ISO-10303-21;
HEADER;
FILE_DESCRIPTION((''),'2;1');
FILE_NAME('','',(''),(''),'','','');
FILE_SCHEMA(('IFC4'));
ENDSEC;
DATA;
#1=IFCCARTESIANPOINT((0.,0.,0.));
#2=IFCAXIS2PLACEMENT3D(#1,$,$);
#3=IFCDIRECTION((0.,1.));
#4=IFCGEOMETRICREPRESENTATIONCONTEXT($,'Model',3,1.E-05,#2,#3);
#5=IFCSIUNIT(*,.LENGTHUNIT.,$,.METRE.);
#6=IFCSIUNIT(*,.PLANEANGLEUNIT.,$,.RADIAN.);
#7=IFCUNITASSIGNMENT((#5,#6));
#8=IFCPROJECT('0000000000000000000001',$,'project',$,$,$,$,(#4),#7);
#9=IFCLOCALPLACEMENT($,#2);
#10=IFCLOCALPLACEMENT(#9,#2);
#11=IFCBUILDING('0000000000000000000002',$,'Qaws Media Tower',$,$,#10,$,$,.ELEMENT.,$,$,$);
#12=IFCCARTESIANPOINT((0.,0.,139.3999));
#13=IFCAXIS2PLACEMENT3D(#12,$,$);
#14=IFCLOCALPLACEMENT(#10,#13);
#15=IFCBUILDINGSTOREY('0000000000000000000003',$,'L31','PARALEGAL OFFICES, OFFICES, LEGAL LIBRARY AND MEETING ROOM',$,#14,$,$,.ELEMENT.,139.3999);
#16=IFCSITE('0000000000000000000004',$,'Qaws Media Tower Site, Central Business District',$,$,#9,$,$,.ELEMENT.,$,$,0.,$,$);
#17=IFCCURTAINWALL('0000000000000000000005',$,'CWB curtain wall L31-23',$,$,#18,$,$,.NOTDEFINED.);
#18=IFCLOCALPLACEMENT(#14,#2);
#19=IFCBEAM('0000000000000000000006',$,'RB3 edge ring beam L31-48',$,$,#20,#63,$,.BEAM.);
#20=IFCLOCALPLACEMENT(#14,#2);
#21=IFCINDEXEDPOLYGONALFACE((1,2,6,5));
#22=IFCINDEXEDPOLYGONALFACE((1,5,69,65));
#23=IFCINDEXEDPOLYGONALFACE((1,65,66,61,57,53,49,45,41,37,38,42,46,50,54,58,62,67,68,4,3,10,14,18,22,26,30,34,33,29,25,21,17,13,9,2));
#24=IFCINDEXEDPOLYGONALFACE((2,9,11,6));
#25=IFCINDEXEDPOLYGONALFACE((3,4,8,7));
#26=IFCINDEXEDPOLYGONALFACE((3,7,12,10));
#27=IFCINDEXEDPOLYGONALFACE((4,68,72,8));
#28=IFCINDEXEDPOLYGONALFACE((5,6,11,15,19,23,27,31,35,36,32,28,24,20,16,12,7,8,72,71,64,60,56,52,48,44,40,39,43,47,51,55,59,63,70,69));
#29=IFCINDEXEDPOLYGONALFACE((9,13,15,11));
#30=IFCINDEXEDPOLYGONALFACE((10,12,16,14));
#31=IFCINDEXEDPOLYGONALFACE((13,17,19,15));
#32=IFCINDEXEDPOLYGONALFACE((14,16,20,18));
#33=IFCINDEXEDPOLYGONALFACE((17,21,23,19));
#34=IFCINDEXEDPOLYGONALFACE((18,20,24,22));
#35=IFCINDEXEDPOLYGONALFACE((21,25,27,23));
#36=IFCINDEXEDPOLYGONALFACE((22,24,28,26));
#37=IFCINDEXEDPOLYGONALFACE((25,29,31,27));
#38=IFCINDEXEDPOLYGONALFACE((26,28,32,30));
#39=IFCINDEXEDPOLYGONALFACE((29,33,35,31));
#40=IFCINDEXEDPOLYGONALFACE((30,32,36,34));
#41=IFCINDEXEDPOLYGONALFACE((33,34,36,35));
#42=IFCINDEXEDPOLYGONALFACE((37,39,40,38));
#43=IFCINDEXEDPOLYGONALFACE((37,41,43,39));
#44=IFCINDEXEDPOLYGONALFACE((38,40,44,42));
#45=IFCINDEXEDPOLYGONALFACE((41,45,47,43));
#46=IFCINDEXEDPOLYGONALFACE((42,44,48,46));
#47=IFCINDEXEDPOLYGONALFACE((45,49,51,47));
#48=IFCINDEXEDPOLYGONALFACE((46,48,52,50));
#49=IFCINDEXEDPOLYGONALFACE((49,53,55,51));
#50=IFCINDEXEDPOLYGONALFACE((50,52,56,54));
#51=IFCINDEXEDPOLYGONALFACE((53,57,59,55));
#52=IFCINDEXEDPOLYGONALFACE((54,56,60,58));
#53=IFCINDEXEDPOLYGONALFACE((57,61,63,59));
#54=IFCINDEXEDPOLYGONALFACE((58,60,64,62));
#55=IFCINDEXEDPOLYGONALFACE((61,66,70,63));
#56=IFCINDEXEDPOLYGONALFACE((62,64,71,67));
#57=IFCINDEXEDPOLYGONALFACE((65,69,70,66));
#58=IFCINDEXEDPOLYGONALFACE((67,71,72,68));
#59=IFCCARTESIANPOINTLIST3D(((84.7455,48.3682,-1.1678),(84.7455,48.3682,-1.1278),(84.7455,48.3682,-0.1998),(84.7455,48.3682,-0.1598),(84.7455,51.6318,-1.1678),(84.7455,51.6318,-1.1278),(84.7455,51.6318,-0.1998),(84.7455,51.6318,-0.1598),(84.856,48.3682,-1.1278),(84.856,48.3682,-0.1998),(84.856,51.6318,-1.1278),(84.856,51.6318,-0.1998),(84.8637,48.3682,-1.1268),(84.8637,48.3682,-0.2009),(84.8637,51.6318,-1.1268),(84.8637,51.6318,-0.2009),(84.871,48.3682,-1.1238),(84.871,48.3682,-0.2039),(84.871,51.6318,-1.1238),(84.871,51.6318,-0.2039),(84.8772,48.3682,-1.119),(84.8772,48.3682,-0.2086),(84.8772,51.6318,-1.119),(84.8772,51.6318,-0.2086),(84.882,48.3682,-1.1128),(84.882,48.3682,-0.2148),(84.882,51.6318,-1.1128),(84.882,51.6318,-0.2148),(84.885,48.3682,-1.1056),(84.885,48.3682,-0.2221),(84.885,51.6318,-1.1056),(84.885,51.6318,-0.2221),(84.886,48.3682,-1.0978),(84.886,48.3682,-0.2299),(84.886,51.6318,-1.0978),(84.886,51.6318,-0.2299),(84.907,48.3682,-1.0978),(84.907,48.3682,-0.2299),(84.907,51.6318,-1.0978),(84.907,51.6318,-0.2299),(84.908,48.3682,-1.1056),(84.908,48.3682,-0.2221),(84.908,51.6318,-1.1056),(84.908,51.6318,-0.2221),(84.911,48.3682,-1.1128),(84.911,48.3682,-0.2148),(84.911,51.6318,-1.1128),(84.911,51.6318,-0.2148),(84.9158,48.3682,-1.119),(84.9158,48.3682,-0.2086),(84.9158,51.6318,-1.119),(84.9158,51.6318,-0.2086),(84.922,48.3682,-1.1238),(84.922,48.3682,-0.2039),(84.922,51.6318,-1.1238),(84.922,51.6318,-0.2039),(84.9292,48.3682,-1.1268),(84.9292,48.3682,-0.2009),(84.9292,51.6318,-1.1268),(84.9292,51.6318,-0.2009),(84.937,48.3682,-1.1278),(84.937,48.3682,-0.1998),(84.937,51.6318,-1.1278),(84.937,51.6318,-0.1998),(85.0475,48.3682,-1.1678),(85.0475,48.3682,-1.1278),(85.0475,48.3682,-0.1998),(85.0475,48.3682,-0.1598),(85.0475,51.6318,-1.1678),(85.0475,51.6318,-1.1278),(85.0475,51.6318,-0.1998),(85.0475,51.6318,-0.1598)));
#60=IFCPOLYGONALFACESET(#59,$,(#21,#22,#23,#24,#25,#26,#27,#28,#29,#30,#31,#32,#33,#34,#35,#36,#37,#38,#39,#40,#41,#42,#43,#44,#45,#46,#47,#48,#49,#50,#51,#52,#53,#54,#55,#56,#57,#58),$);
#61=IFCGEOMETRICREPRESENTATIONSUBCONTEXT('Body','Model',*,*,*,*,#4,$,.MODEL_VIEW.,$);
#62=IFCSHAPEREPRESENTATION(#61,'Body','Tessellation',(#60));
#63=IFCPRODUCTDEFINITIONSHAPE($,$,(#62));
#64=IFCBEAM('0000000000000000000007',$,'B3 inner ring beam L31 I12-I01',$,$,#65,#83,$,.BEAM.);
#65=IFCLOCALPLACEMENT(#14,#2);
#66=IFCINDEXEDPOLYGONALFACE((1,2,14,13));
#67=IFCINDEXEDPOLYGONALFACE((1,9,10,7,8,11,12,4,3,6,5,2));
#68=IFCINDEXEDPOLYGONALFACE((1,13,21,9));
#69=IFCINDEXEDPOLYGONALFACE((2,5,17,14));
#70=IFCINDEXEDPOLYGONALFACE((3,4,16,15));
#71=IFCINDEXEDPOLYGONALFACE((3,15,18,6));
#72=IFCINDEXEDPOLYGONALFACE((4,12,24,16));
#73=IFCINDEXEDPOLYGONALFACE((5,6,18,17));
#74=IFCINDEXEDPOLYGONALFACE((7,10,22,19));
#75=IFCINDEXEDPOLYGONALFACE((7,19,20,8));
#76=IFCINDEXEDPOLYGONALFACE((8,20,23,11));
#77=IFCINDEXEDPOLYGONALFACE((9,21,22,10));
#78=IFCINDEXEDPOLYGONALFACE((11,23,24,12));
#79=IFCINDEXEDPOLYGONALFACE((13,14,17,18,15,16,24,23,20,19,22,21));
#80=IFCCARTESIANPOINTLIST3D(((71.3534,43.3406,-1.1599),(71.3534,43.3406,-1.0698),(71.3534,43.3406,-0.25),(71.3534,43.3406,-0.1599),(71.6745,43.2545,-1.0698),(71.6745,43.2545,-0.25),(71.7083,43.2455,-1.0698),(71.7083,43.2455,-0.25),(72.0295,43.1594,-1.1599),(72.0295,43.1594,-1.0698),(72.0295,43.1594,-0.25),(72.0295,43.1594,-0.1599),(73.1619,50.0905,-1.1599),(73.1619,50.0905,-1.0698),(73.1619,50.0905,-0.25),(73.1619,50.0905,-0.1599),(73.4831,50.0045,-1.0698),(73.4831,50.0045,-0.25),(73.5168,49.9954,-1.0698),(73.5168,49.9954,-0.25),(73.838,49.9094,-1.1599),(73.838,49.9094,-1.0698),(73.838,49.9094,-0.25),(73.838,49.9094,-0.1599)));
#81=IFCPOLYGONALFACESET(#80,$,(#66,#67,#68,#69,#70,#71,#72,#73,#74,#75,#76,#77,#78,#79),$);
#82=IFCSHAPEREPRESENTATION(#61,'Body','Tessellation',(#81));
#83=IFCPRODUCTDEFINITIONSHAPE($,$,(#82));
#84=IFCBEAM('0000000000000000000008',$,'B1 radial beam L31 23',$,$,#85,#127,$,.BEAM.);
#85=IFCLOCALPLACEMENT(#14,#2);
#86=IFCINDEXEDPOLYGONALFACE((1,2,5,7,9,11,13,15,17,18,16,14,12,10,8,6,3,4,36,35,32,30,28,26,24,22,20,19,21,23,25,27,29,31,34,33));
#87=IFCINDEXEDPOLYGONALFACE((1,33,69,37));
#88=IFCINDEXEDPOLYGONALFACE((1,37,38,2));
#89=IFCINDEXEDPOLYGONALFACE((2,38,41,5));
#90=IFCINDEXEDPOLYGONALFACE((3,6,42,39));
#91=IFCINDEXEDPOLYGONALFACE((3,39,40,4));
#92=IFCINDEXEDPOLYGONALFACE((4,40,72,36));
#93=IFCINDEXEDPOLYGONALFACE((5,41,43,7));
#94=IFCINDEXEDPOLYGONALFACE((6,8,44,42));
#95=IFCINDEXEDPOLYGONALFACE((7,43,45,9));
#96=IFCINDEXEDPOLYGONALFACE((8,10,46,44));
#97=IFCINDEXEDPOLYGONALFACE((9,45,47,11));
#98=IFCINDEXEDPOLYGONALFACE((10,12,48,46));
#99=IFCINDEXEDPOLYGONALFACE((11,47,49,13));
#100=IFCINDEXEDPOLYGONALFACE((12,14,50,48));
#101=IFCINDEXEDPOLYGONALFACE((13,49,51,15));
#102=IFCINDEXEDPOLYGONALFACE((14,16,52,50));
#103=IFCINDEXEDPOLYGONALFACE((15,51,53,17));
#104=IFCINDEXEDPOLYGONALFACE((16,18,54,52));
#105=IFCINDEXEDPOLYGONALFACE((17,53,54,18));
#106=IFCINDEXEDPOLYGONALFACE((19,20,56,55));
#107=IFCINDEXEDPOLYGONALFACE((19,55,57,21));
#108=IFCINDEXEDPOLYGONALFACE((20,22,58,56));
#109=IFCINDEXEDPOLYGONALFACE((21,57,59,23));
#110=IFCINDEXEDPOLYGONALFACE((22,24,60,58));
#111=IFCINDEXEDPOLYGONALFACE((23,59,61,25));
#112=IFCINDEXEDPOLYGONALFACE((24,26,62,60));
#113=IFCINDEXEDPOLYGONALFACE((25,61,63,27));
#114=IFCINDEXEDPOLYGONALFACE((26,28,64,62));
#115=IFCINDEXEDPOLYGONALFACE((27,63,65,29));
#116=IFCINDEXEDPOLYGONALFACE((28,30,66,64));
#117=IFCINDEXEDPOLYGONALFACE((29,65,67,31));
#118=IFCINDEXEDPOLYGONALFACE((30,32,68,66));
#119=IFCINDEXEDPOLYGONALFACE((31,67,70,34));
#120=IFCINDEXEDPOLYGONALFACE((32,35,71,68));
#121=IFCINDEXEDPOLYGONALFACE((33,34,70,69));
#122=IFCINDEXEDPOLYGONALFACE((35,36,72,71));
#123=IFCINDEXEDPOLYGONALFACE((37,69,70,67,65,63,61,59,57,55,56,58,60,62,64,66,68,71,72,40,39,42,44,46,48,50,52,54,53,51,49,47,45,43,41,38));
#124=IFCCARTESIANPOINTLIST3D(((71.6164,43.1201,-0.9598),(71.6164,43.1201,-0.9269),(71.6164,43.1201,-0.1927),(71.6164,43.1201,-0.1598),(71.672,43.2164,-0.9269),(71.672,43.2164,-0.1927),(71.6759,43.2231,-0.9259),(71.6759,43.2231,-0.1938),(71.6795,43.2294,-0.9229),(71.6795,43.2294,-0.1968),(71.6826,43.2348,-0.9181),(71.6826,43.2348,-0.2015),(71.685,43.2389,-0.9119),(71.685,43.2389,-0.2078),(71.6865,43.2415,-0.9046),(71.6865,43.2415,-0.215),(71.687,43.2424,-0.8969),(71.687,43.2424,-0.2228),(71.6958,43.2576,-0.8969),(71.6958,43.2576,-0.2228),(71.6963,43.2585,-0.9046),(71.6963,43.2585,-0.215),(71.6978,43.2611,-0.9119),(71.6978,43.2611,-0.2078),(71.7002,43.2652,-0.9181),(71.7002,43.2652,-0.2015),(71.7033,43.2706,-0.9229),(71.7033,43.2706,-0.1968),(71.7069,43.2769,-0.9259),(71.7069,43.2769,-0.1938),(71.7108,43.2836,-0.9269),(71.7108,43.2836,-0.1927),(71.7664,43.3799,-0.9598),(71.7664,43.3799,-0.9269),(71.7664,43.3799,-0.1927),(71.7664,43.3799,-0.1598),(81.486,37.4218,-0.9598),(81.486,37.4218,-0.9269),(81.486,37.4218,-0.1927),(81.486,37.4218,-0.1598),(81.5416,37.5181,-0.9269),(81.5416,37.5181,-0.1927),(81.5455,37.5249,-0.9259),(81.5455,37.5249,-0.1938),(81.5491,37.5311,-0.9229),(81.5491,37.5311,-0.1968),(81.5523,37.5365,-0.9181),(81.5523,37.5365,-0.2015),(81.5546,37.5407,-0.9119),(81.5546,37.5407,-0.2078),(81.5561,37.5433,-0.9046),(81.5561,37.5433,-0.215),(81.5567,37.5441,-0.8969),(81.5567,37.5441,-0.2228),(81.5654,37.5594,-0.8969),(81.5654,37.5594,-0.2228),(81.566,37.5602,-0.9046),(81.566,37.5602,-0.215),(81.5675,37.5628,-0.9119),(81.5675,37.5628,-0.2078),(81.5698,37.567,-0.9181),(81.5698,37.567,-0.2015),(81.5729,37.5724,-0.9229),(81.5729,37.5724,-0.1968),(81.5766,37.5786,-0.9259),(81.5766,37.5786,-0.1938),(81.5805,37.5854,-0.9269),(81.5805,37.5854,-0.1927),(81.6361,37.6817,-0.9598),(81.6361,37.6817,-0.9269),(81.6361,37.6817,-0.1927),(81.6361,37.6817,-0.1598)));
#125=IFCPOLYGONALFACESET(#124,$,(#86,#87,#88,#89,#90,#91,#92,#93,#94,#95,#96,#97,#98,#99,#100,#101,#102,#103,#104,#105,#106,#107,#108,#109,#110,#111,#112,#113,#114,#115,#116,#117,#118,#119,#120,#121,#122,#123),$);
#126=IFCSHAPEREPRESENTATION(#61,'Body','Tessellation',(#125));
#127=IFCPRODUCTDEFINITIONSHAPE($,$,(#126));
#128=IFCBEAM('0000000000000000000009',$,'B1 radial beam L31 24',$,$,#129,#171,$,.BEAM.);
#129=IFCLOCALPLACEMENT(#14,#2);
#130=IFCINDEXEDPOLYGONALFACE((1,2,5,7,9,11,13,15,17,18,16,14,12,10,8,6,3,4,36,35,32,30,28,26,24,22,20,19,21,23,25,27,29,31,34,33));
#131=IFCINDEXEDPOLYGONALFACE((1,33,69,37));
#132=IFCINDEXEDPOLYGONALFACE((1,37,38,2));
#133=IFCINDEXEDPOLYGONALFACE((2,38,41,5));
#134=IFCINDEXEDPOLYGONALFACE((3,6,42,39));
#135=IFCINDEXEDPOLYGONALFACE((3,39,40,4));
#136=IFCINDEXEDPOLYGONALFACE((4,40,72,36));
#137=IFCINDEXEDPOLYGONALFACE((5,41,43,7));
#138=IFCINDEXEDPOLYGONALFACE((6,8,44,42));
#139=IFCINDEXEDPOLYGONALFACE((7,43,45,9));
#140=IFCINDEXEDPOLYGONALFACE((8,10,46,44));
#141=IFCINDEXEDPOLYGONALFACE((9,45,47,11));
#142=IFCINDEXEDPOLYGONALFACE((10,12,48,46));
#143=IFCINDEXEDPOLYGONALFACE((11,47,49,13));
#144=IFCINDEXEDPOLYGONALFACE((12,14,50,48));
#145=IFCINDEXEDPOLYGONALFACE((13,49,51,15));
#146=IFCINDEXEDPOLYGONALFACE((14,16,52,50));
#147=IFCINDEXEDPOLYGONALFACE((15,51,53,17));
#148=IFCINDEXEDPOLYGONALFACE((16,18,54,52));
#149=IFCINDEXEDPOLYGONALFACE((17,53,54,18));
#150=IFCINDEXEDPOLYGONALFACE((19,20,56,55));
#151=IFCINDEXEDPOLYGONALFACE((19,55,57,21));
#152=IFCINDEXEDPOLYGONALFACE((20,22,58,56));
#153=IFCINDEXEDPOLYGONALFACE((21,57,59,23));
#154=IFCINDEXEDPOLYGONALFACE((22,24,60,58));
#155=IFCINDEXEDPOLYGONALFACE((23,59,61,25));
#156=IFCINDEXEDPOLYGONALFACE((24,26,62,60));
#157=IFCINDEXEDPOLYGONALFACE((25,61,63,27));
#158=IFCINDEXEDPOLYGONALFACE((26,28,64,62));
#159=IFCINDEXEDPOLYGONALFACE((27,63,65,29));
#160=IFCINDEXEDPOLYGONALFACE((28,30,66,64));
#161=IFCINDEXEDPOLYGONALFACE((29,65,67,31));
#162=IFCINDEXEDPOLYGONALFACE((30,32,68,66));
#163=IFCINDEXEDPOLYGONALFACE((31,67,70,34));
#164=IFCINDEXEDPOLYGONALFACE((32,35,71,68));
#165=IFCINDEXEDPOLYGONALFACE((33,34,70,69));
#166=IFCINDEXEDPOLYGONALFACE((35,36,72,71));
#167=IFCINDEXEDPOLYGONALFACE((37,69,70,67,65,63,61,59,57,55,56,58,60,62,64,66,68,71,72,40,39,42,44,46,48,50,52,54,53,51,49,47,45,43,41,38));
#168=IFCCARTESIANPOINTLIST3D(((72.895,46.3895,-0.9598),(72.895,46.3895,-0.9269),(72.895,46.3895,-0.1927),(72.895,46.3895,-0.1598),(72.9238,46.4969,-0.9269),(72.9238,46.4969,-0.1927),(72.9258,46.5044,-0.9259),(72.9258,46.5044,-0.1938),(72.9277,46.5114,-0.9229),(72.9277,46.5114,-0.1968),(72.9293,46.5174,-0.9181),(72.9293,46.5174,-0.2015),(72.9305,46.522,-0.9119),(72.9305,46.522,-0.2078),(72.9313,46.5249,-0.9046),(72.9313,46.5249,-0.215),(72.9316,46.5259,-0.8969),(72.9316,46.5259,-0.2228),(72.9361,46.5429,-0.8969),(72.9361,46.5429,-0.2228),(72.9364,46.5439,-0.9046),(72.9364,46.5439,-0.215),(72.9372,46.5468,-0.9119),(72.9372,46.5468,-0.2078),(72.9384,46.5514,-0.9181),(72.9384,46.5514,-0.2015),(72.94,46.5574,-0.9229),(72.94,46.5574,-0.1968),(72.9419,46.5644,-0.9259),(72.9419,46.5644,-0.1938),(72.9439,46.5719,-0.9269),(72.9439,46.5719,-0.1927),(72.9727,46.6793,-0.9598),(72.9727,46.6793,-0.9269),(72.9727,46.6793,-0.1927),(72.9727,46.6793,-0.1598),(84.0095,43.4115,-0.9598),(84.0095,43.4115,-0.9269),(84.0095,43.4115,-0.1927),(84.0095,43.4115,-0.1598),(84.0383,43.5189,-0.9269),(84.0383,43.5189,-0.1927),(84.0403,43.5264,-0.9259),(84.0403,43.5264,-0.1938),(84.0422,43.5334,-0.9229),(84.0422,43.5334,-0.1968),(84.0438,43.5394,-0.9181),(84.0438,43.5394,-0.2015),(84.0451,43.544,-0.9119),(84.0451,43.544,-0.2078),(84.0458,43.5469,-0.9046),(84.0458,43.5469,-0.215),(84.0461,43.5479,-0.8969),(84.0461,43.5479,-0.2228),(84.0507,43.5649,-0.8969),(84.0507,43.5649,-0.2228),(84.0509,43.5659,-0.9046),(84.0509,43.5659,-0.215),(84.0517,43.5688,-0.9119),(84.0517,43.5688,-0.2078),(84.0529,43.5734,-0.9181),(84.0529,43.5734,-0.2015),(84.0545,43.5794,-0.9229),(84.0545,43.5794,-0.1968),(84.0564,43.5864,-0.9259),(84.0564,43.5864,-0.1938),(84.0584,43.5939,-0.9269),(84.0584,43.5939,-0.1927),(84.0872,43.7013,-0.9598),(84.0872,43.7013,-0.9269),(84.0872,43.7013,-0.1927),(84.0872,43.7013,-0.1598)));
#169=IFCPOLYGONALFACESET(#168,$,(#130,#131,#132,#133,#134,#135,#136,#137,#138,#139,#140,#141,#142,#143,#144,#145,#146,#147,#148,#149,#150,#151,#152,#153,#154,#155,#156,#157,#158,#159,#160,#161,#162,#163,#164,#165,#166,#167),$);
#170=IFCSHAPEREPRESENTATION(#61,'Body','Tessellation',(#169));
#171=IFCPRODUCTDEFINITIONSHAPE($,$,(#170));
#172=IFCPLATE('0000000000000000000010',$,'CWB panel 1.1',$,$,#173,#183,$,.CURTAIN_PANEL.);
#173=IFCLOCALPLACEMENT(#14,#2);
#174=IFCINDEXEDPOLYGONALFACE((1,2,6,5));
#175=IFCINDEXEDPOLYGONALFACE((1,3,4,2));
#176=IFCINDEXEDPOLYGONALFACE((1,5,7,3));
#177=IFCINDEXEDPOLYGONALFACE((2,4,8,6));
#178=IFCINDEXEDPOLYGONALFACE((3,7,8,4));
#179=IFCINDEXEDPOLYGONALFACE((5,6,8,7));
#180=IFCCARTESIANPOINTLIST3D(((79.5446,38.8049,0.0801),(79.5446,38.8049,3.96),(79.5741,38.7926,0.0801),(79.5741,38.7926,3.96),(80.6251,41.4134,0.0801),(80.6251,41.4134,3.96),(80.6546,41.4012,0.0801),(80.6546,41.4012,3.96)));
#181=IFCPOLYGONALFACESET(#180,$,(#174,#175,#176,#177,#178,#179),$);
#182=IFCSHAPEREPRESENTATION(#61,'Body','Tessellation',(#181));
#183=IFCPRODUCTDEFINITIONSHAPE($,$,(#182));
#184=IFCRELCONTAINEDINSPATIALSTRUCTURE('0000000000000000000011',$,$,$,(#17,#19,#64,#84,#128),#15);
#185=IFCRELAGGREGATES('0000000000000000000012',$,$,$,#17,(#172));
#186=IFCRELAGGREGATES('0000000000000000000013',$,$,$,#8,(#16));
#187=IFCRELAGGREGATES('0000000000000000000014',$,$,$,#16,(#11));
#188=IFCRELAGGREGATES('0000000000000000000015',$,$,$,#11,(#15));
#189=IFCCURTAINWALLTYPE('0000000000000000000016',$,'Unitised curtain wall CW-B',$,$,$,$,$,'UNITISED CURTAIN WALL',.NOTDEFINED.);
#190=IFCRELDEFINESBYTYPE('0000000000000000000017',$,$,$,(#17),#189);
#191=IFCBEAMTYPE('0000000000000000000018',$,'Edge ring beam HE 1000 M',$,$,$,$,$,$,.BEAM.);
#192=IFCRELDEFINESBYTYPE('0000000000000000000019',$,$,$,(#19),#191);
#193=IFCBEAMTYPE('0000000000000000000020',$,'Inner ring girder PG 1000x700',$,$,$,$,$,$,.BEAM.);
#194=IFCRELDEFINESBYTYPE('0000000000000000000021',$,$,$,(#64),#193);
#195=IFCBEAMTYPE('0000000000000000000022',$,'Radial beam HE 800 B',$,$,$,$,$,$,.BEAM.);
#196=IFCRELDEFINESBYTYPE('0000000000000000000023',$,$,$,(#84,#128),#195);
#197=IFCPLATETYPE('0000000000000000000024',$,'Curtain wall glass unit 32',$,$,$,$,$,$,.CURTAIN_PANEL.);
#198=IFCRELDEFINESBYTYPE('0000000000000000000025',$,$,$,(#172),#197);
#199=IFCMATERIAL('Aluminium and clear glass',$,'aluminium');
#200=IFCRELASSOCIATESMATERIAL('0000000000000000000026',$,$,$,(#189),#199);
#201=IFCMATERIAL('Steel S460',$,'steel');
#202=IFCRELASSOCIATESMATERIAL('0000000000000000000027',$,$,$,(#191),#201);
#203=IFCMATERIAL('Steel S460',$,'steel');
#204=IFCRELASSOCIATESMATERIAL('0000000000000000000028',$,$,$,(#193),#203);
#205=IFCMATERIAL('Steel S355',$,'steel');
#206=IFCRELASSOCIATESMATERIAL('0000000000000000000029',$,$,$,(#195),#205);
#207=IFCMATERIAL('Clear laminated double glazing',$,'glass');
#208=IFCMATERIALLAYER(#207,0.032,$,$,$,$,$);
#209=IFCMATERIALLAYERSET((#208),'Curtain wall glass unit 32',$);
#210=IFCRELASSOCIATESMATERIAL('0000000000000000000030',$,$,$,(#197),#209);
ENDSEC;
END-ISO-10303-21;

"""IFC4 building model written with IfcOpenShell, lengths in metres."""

from ifc_helpers import new_model, si_unit, direction, frame, origin, origin_2d, place, context, subcontext, project, spatial, rectangle, i_section, extrude, material, layer, layer_set, material_profile, profile_set, type_object, element, aggregate, save


model = new_model("IFC4")

# Units and contexts
model_context = context("Model", 3, precision=1e-05, world=origin(), true_north=direction((0.0, 1.0)))
body_context = subcontext(model_context, "Body", "Model", "MODEL_VIEW")
ifc_project = project(units=[si_unit("LENGTHUNIT", "METRE"), si_unit("PLANEANGLEUNIT", "RADIAN")], contexts=[model_context])

# Site, building, storey
site_placement = place(None, origin())
site = spatial("IfcSite", under=ifc_project, at=site_placement, Name="Qaws Media Tower Site, Central Business District", CompositionType="ELEMENT", RefElevation=0.0)
building_placement = place(site_placement, origin())
building = spatial("IfcBuilding", under=site, at=building_placement, Name="Qaws Media Tower", CompositionType="ELEMENT")
storey_placement = place(building_placement, frame((0.0, 0.0, 139.3999)))
storey = spatial("IfcBuildingStorey", under=building, at=storey_placement, Name="L31", Description="PARALEGAL OFFICES, OFFICES, LEGAL LIBRARY AND MEETING ROOM", CompositionType="ELEMENT", Elevation=139.3999)

# Curtain wall
ifc_material_1 = material(Name="Aluminium and clear glass", Category="aluminium")
curtain_wall_type = type_object("IfcCurtainWallType", Name="Unitised curtain wall CW-B", ElementType="UNITISED CURTAIN WALL", PredefinedType="NOTDEFINED", material=ifc_material_1)
curtain_wall_1_placement = place(storey_placement, origin())
curtain_wall_1 = element("IfcCurtainWall", 1, at=curtain_wall_1_placement, inside=storey, type_object=curtain_wall_type, Name="CWB curtain wall L31-23", PredefinedType="NOTDEFINED")

# Beams
ifc_material_2 = material(Name="Steel S460", Category="steel")
ifc_material_profile_1 = material_profile(ifc_material_2, i_section(OverallWidth=0.302, OverallDepth=1.0081, WebThickness=0.021, FlangeThickness=0.04, FilletRadius=0.03, at=origin_2d()), Name="HE 1000 M")
ifc_profile_set_1 = profile_set([ifc_material_profile_1], Name="Steel S460")
beam_type_1 = type_object("IfcBeamType", Name="Edge ring beam HE 1000 M", PredefinedType="BEAM", material=ifc_profile_set_1)
beam_1_placement = place(storey_placement, frame((84.8965, 48.3682, -0.6638), z_axis=(0.0, 1.0, 0.0), x_axis=(-1.0, 0.0, 0.0)))
element("IfcBeam", 2, at=beam_1_placement, inside=storey, type_object=beam_type_1, Name="RB3 edge ring beam L31-48", PredefinedType="BEAM", context=body_context, shape_type="SweptSolid", body=[
    extrude(i_section(OverallWidth=0.302, OverallDepth=1.0081, WebThickness=0.021, FlangeThickness=0.04, FilletRadius=0.03, at=origin_2d()), origin(), (0.0, 0.0, 1.0), 3.2637),
])
ifc_material_3 = material(Name="Steel S460", Category="steel")
ifc_material_profile_2 = material_profile(ifc_material_3, i_section(OverallWidth=0.7, OverallDepth=1.0, WebThickness=0.0349, FlangeThickness=0.0901, at=origin_2d()), Name="PG 1000x700")
ifc_profile_set_2 = profile_set([ifc_material_profile_2], Name="Steel S460")
beam_type_2 = type_object("IfcBeamType", Name="Inner ring girder PG 1000x700", PredefinedType="BEAM", material=ifc_profile_set_2)
beam_2_placement = place(storey_placement, frame((71.6914, 43.25, -0.6599), z_axis=(0.258811, 0.965928, 0.0), x_axis=(-0.965928, 0.258811, 0.0)))
element("IfcBeam", 3, at=beam_2_placement, inside=storey, type_object=beam_type_2, Name="B3 inner ring beam L31 I12-I01", PredefinedType="BEAM", context=body_context, shape_type="SweptSolid", body=[
    extrude(i_section(OverallWidth=0.7, OverallDepth=1.0, WebThickness=0.0349, FlangeThickness=0.0901, at=origin_2d()), origin(), (0.0, 0.0, 1.0), 6.988),
])
ifc_material_4 = material(Name="Steel S355", Category="steel")
ifc_material_profile_3 = material_profile(ifc_material_4, i_section(OverallWidth=0.3, OverallDepth=0.8, WebThickness=0.0176, FlangeThickness=0.033, FilletRadius=0.03, at=origin_2d()), Name="HE 800 B")
ifc_profile_set_3 = profile_set([ifc_material_profile_3], Name="Steel S355")
beam_type_3 = type_object("IfcBeamType", Name="Radial beam HE 800 B", PredefinedType="BEAM", material=ifc_profile_set_3)
beam_3_placement = place(storey_placement, frame((71.6914, 43.25, -0.5598), z_axis=(0.866025, -0.500001, 0.0), x_axis=(0.500001, 0.866025, 0.0)))
element("IfcBeam", 4, at=beam_3_placement, inside=storey, type_object=beam_type_3, Name="B1 radial beam L31 23", PredefinedType="BEAM", context=body_context, shape_type="SweptSolid", body=[
    extrude(i_section(OverallWidth=0.3, OverallDepth=0.8, WebThickness=0.0176, FlangeThickness=0.033, FilletRadius=0.03, at=origin_2d()), origin(), (0.0, 0.0, 1.0), 11.3965),
])
beam_4_placement = place(storey_placement, frame((72.9338, 46.5344, -0.5598), z_axis=(0.965928, -0.258811, 0.0), x_axis=(0.258811, 0.965928, 0.0)))
element("IfcBeam", 5, at=beam_4_placement, inside=storey, type_object=beam_type_3, Name="B1 radial beam L31 24", PredefinedType="BEAM", context=body_context, shape_type="SweptSolid", body=[
    extrude(i_section(OverallWidth=0.3, OverallDepth=0.8, WebThickness=0.0176, FlangeThickness=0.033, FilletRadius=0.03, at=origin_2d()), origin(), (0.0, 0.0, 1.0), 11.5066),
])

# Plate
ifc_material_5 = material(Name="Clear laminated double glazing", Category="glass")
ifc_layer_1 = layer(ifc_material_5, 0.032)
ifc_layer_set_1 = layer_set([ifc_layer_1], Name="Curtain wall glass unit 32")
plate_type_1 = type_object("IfcPlateType", Name="Curtain wall glass unit 32", PredefinedType="CURTAIN_PANEL", material=ifc_layer_set_1)
plate_1_placement = place(storey_placement, frame((80.0996, 40.103, 0.0801), z_axis=(0.0, 0.0, 1.0), x_axis=(0.382683, 0.92388, 0.0)))
plate_1 = element("IfcPlate", 6, at=plate_1_placement, type_object=plate_type_1, Name="CWB panel 1.1", PredefinedType="CURTAIN_PANEL", context=body_context, shape_type="SweptSolid", body=[
    extrude(rectangle(XDim=2.8235, YDim=0.032, at=origin_2d()), origin(), (0.0, 0.0, 1.0), 3.8799),
])
aggregate(curtain_wall_1, [plate_1])

save(model, "model.ifc")
